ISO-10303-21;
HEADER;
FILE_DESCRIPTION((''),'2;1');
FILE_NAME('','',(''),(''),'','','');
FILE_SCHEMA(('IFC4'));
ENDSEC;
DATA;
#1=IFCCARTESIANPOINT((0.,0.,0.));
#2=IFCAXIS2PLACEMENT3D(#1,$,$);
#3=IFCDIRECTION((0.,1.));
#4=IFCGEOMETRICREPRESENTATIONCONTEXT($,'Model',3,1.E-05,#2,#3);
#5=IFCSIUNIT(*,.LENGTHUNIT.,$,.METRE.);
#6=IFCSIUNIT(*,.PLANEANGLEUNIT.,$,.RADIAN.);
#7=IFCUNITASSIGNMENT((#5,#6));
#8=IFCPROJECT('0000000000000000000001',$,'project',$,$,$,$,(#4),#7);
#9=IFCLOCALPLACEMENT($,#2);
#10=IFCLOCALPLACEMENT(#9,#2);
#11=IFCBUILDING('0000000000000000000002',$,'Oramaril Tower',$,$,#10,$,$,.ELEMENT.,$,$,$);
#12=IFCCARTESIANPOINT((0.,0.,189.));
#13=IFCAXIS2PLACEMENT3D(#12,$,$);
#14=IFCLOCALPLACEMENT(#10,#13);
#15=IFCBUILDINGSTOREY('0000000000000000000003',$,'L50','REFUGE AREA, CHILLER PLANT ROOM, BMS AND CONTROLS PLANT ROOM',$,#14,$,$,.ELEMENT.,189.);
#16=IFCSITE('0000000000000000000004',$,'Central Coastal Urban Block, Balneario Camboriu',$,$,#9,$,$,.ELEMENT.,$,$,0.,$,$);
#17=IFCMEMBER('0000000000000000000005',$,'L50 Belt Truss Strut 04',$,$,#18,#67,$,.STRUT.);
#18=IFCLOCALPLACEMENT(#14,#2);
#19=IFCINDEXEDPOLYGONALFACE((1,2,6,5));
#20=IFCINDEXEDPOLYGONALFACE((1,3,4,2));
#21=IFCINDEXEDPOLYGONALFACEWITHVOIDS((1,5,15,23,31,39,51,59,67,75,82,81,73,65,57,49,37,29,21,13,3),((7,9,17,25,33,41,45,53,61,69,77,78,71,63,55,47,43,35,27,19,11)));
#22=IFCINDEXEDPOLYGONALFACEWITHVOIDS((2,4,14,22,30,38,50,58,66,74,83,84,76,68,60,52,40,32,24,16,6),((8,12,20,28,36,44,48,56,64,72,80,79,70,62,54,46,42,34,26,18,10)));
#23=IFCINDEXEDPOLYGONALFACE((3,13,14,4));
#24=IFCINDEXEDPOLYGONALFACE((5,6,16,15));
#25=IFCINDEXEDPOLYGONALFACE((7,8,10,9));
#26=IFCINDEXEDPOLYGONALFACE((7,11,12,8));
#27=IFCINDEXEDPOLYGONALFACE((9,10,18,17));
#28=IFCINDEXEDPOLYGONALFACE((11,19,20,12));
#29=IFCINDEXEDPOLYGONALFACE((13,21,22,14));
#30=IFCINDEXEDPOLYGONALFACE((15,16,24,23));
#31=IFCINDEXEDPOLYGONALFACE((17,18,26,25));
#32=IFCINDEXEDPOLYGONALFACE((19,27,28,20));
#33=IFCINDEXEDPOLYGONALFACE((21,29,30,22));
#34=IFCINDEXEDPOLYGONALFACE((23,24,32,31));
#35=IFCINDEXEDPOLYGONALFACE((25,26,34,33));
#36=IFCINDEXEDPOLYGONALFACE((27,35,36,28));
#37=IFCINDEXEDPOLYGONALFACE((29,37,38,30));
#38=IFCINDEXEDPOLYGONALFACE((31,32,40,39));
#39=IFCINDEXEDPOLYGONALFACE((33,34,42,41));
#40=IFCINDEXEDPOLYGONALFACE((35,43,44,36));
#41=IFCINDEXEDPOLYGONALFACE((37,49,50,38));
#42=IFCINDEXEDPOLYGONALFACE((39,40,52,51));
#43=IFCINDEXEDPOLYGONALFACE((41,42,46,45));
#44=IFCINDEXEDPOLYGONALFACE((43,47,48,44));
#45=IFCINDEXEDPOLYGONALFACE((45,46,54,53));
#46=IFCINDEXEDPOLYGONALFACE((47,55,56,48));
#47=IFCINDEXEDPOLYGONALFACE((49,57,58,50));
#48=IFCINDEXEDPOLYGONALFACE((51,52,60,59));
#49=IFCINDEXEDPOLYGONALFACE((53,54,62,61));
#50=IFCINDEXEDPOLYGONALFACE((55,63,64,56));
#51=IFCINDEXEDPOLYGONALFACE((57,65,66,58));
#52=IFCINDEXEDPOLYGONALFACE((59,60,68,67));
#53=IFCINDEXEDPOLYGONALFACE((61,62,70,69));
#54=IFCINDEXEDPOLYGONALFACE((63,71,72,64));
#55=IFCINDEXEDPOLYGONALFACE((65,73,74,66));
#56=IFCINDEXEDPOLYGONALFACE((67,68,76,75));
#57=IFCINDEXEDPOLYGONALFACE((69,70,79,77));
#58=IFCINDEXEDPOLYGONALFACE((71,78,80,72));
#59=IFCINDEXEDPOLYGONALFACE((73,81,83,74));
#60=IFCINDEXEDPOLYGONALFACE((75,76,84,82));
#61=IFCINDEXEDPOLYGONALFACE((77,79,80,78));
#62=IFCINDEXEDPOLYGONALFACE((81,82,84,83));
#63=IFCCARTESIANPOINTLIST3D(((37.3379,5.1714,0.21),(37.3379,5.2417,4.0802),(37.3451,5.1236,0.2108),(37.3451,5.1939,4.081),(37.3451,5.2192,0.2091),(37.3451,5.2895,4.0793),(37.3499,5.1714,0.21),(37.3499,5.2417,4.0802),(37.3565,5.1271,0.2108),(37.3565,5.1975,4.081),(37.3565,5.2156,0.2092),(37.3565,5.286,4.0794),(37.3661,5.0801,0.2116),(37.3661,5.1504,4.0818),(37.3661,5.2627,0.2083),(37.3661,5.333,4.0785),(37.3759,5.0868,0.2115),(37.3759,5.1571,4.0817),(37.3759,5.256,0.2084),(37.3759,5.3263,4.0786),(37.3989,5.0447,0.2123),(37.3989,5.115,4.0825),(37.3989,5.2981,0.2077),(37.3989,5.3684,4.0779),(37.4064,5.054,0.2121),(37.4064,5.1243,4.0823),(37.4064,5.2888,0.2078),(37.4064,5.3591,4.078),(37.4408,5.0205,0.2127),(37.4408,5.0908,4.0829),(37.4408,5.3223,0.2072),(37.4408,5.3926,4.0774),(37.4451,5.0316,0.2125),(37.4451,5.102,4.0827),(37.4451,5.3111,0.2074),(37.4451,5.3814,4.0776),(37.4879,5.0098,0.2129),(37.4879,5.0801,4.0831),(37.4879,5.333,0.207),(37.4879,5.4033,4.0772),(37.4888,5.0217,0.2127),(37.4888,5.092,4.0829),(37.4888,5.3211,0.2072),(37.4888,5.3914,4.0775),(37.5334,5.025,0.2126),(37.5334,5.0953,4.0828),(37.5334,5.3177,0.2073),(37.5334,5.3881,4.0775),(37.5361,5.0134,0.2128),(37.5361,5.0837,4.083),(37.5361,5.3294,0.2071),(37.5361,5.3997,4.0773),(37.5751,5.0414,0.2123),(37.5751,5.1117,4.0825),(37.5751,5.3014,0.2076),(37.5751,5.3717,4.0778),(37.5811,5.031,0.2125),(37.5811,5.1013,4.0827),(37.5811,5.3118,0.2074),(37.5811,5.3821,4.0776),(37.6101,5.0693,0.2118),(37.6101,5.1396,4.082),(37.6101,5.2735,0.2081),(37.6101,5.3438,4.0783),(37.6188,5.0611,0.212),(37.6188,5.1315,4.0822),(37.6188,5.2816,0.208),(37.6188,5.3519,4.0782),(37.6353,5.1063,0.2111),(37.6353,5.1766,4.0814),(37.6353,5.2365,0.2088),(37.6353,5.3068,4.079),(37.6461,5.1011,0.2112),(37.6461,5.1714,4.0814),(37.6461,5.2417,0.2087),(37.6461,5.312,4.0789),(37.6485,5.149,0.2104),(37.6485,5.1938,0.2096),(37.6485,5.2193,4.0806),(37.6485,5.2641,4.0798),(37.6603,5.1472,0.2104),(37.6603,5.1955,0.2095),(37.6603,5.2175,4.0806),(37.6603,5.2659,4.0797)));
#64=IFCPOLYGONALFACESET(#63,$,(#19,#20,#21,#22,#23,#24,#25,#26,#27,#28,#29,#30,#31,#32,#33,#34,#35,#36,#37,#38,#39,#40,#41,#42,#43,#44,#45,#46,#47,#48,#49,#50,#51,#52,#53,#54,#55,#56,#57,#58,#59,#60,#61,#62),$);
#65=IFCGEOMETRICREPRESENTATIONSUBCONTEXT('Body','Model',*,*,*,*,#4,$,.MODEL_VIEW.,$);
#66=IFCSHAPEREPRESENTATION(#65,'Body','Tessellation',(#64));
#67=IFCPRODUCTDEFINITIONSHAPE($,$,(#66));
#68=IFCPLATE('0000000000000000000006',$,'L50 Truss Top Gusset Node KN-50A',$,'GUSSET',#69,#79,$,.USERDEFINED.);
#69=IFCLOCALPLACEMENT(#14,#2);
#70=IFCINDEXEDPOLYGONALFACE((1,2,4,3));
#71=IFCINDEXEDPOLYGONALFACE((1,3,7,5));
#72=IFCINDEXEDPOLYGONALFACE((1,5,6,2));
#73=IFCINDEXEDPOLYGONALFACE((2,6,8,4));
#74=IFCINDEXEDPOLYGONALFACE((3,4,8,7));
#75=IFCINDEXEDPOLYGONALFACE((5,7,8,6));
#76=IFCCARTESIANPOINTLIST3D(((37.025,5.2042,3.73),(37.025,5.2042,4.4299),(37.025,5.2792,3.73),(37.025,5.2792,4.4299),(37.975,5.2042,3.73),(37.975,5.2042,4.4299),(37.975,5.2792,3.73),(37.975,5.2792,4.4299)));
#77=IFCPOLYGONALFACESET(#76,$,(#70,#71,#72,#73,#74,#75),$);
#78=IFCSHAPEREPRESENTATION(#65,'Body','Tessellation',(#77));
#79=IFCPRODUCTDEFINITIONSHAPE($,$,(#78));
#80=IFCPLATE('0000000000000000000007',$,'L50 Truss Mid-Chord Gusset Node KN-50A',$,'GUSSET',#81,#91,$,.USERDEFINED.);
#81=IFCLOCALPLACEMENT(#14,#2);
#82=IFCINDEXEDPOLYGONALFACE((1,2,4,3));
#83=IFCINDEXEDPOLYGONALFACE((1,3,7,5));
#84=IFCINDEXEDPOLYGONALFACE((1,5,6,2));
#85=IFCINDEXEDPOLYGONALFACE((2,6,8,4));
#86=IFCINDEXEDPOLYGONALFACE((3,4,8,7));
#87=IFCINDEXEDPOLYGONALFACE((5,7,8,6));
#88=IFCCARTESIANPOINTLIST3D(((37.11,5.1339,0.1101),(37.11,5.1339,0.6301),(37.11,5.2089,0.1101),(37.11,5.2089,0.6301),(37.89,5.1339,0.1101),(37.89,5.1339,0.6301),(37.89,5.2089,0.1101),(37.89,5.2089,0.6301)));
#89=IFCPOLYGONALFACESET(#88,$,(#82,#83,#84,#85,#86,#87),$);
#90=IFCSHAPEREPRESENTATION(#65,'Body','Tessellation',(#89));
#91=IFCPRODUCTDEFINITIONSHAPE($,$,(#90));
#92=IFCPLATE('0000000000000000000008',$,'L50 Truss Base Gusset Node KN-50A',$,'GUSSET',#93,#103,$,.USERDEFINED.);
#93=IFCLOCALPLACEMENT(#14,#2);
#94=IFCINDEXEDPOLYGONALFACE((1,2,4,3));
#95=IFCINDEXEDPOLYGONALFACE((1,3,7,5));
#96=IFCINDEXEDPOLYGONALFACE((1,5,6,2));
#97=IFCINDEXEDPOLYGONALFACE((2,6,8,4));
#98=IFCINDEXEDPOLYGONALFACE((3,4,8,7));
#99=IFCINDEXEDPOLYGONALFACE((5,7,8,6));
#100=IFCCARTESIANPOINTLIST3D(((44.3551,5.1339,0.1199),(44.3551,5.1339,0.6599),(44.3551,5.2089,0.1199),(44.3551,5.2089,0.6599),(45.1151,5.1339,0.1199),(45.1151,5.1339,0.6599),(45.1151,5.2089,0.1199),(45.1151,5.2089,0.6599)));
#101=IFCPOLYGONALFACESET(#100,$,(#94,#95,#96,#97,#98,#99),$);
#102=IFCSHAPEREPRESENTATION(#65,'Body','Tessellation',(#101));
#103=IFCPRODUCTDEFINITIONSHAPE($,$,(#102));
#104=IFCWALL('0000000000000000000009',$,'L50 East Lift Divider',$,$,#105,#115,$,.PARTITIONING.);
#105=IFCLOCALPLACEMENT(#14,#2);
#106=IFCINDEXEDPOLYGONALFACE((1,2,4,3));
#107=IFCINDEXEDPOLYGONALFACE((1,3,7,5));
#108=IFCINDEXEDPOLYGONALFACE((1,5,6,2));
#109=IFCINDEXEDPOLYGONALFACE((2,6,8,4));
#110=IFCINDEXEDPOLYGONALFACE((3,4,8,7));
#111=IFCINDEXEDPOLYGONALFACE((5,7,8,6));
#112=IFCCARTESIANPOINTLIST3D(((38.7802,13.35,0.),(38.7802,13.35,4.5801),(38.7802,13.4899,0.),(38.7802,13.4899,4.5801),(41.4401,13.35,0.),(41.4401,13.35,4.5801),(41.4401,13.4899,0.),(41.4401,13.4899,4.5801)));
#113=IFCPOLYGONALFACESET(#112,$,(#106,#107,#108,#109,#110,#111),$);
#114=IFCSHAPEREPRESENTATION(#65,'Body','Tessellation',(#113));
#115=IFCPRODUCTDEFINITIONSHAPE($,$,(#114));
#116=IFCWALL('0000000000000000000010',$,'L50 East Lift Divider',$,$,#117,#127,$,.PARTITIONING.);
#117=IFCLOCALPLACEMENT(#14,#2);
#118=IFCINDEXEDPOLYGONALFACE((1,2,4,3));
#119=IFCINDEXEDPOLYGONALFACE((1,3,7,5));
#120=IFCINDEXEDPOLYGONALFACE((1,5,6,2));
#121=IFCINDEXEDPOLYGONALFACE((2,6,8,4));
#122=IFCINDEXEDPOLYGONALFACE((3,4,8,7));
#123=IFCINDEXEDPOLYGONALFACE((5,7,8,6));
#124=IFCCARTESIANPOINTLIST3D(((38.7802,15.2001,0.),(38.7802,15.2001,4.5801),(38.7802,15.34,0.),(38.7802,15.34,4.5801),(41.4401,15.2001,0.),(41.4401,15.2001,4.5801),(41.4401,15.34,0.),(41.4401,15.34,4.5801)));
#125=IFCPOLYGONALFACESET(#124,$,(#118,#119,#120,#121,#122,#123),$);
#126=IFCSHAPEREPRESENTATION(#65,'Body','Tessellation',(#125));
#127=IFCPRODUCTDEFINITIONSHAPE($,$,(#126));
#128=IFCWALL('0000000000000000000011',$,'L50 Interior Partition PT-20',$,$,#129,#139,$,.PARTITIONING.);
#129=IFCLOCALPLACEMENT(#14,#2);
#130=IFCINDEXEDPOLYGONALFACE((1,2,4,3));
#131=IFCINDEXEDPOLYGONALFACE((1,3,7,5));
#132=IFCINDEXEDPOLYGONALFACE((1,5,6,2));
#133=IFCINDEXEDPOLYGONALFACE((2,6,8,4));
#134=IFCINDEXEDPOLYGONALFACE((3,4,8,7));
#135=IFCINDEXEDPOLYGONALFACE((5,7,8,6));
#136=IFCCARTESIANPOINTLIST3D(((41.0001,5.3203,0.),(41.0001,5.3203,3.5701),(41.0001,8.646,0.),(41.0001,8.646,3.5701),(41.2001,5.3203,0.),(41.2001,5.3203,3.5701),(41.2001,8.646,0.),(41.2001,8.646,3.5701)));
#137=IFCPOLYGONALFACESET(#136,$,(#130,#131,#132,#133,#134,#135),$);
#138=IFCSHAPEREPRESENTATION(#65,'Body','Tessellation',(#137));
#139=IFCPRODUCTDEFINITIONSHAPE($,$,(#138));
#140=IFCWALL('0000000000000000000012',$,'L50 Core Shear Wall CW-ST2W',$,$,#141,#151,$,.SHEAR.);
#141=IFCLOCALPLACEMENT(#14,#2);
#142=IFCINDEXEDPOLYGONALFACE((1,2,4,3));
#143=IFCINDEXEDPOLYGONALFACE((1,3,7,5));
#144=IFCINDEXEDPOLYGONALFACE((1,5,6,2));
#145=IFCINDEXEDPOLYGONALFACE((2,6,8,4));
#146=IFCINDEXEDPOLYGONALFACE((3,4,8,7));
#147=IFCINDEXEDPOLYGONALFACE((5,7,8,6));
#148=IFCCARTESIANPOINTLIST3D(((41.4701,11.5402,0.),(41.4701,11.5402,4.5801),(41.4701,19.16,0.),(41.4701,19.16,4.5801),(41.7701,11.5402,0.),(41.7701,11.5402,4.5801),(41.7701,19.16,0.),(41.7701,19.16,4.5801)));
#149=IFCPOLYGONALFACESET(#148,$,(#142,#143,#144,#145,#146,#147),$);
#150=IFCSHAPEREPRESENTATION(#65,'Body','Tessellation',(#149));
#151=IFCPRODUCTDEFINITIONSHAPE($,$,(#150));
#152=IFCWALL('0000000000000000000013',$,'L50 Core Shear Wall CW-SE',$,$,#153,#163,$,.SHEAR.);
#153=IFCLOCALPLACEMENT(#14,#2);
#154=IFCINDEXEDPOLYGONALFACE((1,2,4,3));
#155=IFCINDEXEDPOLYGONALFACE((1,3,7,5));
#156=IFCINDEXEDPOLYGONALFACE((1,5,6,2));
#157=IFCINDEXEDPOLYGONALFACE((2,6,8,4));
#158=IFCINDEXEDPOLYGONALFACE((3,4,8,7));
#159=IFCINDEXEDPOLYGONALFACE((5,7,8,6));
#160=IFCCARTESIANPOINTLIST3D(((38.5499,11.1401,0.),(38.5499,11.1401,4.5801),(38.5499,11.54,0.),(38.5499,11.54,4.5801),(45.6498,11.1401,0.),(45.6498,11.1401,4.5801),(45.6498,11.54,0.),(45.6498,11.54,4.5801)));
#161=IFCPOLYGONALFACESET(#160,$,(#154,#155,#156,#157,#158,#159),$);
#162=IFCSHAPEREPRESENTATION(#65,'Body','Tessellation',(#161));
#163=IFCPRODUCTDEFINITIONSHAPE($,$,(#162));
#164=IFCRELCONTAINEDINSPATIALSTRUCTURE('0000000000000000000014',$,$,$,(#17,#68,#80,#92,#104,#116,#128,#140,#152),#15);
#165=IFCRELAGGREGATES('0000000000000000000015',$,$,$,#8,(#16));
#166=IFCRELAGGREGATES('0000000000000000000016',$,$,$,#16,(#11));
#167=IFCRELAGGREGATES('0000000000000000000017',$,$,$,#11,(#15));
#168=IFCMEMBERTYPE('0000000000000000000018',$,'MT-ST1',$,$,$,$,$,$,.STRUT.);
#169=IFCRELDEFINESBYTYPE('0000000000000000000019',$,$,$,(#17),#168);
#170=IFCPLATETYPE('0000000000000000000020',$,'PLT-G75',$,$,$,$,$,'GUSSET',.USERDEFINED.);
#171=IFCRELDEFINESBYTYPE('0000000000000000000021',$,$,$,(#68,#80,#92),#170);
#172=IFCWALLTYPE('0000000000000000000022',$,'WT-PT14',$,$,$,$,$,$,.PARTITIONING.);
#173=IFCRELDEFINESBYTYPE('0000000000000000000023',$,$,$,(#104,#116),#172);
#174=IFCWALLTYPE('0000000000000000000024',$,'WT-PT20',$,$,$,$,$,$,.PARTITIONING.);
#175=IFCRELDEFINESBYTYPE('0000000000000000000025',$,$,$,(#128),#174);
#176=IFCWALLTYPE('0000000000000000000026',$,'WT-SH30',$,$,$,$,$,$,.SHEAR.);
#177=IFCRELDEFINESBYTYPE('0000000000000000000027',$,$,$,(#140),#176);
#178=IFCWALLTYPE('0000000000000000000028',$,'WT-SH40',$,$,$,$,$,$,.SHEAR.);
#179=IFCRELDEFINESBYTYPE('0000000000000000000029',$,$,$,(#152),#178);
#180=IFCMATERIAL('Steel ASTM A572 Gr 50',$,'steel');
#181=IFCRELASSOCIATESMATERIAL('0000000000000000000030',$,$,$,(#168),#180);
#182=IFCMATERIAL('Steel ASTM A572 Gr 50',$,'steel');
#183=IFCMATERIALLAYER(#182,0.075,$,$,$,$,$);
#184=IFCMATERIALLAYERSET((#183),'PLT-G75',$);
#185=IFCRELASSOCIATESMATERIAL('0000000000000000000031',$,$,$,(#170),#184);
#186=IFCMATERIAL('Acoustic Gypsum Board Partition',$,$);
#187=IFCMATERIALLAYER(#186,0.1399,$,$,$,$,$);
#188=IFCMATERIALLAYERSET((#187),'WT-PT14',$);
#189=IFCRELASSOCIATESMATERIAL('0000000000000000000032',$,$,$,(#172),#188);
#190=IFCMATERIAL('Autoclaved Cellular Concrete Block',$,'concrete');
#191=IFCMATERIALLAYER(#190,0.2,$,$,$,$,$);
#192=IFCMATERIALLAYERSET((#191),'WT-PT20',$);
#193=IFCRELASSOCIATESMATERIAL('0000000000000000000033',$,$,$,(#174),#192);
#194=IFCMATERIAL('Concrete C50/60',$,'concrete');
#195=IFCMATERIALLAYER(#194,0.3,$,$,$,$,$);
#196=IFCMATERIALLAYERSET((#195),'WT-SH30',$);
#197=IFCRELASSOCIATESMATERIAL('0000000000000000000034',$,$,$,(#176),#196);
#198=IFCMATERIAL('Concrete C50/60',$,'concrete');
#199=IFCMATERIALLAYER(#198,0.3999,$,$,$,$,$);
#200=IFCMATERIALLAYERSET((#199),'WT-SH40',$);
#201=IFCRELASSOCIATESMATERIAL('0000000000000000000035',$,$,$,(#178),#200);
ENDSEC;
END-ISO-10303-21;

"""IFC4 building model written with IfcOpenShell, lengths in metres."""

from ifc_helpers import new_model, si_unit, direction, frame, frame_2d, origin, origin_2d, place, context, subcontext, project, spatial, rectangle, hollow_circle, extrude, material, layer, layer_set, material_profile, profile_set, type_object, element, save


model = new_model("IFC4")

# Units and contexts
model_context = context("Model", 3, precision=1e-05, world=origin(), true_north=direction((0.0, 1.0)))
body_context = subcontext(model_context, "Body", "Model", "MODEL_VIEW")
ifc_project = project(units=[si_unit("LENGTHUNIT", "METRE"), si_unit("PLANEANGLEUNIT", "RADIAN")], contexts=[model_context])

# Site, building, storey
site_placement = place(None, origin())
site = spatial("IfcSite", under=ifc_project, at=site_placement, Name="Central Coastal Urban Block, Balneario Camboriu", CompositionType="ELEMENT", RefElevation=0.0)
building_placement = place(site_placement, origin())
building = spatial("IfcBuilding", under=site, at=building_placement, Name="Oramaril Tower", CompositionType="ELEMENT")
storey_placement = place(building_placement, frame((0.0, 0.0, 189.0)))
storey = spatial("IfcBuildingStorey", under=building, at=storey_placement, Name="L50", Description="REFUGE AREA, CHILLER PLANT ROOM, BMS AND CONTROLS PLANT ROOM", CompositionType="ELEMENT", Elevation=189.0)

# Member
ifc_material_1 = material(Name="Steel ASTM A572 Gr 50", Category="steel")
ifc_material_profile_1 = material_profile(ifc_material_1, hollow_circle(Radius=0.1621, WallThickness=0.012, at=origin_2d()), Name="CHS324X12")
ifc_profile_set_1 = profile_set([ifc_material_profile_1], Name="Steel ASTM A572 Gr 50")
member_type_1 = type_object("IfcMemberType", Name="MT-ST1", PredefinedType="STRUT", material=ifc_profile_set_1)
member_1_placement = place(storey_placement, frame((37.5, 5.1714, 0.21), z_axis=(0.0, 0.018165, 0.999835), x_axis=(-1.0, 0.0, 0.0)))
element("IfcMember", 1, at=member_1_placement, inside=storey, type_object=member_type_1, Name="L50 Belt Truss Strut 04", PredefinedType="STRUT", context=body_context, shape_type="SweptSolid", body=[
    extrude(hollow_circle(Radius=0.1621, WallThickness=0.012, at=origin_2d()), origin(), (0.0, 0.0, 1.0), 3.8708),
])

# Plates
ifc_material_2 = material(Name="Steel ASTM A572 Gr 50", Category="steel")
ifc_layer_1 = layer(ifc_material_2, 0.075)
ifc_layer_set_1 = layer_set([ifc_layer_1], Name="PLT-G75")
plate_type = type_object("IfcPlateType", Name="PLT-G75", ElementType="GUSSET", PredefinedType="USERDEFINED", material=ifc_layer_set_1)
plate_1_placement = place(storey_placement, frame((37.5, 5.2417, 3.73), z_axis=(0.0, 0.0, 1.0), x_axis=(1.0, 0.0, 0.0)))
element("IfcPlate", 2, at=plate_1_placement, inside=storey, type_object=plate_type, Name="L50 Truss Top Gusset Node KN-50A", ObjectType="GUSSET", PredefinedType="USERDEFINED", context=body_context, shape_type="SweptSolid", body=[
    extrude(rectangle(XDim=0.95, YDim=0.075, at=origin_2d()), origin(), (0.0, 0.0, 1.0), 0.7),
])
plate_2_placement = place(storey_placement, frame((37.5, 5.1714, 0.1101), z_axis=(0.0, 0.0, 1.0), x_axis=(1.0, 0.0, 0.0)))
element("IfcPlate", 3, at=plate_2_placement, inside=storey, type_object=plate_type, Name="L50 Truss Mid-Chord Gusset Node KN-50A", ObjectType="GUSSET", PredefinedType="USERDEFINED", context=body_context, shape_type="SweptSolid", body=[
    extrude(rectangle(XDim=0.78, YDim=0.075, at=origin_2d()), origin(), (0.0, 0.0, 1.0), 0.52),
])
plate_3_placement = place(storey_placement, frame((44.7351, 5.1714, 0.1199), z_axis=(0.0, 0.0, 1.0), x_axis=(1.0, 0.0, 0.0)))
element("IfcPlate", 4, at=plate_3_placement, inside=storey, type_object=plate_type, Name="L50 Truss Base Gusset Node KN-50A", ObjectType="GUSSET", PredefinedType="USERDEFINED", context=body_context, shape_type="SweptSolid", body=[
    extrude(rectangle(XDim=0.76, YDim=0.075, at=origin_2d()), origin(), (0.0, 0.0, 1.0), 0.54),
])

# Walls
ifc_material_3 = material(Name="Acoustic Gypsum Board Partition")
ifc_layer_2 = layer(ifc_material_3, 0.1399)
ifc_layer_set_2 = layer_set([ifc_layer_2], Name="WT-PT14")
wall_type_1 = type_object("IfcWallType", Name="WT-PT14", PredefinedType="PARTITIONING", material=ifc_layer_set_2)
for number, where, z_axis, x_axis, name in (
    (5, (38.78, 13.4199, 0.0), (0.0, 0.0, 1.0), (1.0, 0.0, 0.0), "L50 East Lift Divider"),
    (6, (38.78, 15.27, 0.0), (0.0, 0.0, 1.0), (1.0, 0.0, 0.0), "L50 East Lift Divider"),
):
    element("IfcWall", number, at=place(storey_placement, frame(where, z_axis=z_axis, x_axis=x_axis)), inside=storey, type_object=wall_type_1, Name=name, PredefinedType="PARTITIONING", context=body_context, shape_type="SweptSolid", body=[
        extrude(rectangle(XDim=2.6599, YDim=0.1399, at=frame_2d((1.3301, 0.0))), origin(), (0.0, 0.0, 1.0), 4.5801),
    ])
ifc_material_4 = material(Name="Autoclaved Cellular Concrete Block", Category="concrete")
ifc_layer_3 = layer(ifc_material_4, 0.2)
ifc_layer_set_3 = layer_set([ifc_layer_3], Name="WT-PT20")
wall_type_2 = type_object("IfcWallType", Name="WT-PT20", PredefinedType="PARTITIONING", material=ifc_layer_set_3)
wall_1_placement = place(storey_placement, frame((41.1001, 5.3203, 0.0), z_axis=(0.0, 0.0, 1.0), x_axis=(0.0, 1.0, 0.0)))
element("IfcWall", 7, at=wall_1_placement, inside=storey, type_object=wall_type_2, Name="L50 Interior Partition PT-20", PredefinedType="PARTITIONING", context=body_context, shape_type="SweptSolid", body=[
    extrude(rectangle(XDim=3.3257, YDim=0.2, at=frame_2d((1.6628, 0.0))), origin(), (0.0, 0.0, 1.0), 3.5701),
])
ifc_material_5 = material(Name="Concrete C50/60", Category="concrete")
ifc_layer_4 = layer(ifc_material_5, 0.3)
ifc_layer_set_4 = layer_set([ifc_layer_4], Name="WT-SH30")
wall_type_3 = type_object("IfcWallType", Name="WT-SH30", PredefinedType="SHEAR", material=ifc_layer_set_4)
wall_2_placement = place(storey_placement, frame((41.6201, 11.54, 0.0), z_axis=(0.0, 0.0, 1.0), x_axis=(0.0, 1.0, 0.0)))
element("IfcWall", 8, at=wall_2_placement, inside=storey, type_object=wall_type_3, Name="L50 Core Shear Wall CW-ST2W", PredefinedType="SHEAR", context=body_context, shape_type="SweptSolid", body=[
    extrude(rectangle(XDim=7.6199, YDim=0.3, at=frame_2d((3.8101, 0.0))), origin(), (0.0, 0.0, 1.0), 4.5801),
])
ifc_material_6 = material(Name="Concrete C50/60", Category="concrete")
ifc_layer_5 = layer(ifc_material_6, 0.3999)
ifc_layer_set_5 = layer_set([ifc_layer_5], Name="WT-SH40")
wall_type_4 = type_object("IfcWallType", Name="WT-SH40", PredefinedType="SHEAR", material=ifc_layer_set_5)
wall_3_placement = place(storey_placement, frame((38.55, 11.3401, 0.0), z_axis=(0.0, 0.0, 1.0), x_axis=(1.0, 0.0, 0.0)))
element("IfcWall", 9, at=wall_3_placement, inside=storey, type_object=wall_type_4, Name="L50 Core Shear Wall CW-SE", PredefinedType="SHEAR", context=body_context, shape_type="SweptSolid", body=[
    extrude(rectangle(XDim=7.0999, YDim=0.3999, at=frame_2d((3.5498, 0.0))), origin(), (0.0, 0.0, 1.0), 4.5801),
])

save(model, "model.ifc")
